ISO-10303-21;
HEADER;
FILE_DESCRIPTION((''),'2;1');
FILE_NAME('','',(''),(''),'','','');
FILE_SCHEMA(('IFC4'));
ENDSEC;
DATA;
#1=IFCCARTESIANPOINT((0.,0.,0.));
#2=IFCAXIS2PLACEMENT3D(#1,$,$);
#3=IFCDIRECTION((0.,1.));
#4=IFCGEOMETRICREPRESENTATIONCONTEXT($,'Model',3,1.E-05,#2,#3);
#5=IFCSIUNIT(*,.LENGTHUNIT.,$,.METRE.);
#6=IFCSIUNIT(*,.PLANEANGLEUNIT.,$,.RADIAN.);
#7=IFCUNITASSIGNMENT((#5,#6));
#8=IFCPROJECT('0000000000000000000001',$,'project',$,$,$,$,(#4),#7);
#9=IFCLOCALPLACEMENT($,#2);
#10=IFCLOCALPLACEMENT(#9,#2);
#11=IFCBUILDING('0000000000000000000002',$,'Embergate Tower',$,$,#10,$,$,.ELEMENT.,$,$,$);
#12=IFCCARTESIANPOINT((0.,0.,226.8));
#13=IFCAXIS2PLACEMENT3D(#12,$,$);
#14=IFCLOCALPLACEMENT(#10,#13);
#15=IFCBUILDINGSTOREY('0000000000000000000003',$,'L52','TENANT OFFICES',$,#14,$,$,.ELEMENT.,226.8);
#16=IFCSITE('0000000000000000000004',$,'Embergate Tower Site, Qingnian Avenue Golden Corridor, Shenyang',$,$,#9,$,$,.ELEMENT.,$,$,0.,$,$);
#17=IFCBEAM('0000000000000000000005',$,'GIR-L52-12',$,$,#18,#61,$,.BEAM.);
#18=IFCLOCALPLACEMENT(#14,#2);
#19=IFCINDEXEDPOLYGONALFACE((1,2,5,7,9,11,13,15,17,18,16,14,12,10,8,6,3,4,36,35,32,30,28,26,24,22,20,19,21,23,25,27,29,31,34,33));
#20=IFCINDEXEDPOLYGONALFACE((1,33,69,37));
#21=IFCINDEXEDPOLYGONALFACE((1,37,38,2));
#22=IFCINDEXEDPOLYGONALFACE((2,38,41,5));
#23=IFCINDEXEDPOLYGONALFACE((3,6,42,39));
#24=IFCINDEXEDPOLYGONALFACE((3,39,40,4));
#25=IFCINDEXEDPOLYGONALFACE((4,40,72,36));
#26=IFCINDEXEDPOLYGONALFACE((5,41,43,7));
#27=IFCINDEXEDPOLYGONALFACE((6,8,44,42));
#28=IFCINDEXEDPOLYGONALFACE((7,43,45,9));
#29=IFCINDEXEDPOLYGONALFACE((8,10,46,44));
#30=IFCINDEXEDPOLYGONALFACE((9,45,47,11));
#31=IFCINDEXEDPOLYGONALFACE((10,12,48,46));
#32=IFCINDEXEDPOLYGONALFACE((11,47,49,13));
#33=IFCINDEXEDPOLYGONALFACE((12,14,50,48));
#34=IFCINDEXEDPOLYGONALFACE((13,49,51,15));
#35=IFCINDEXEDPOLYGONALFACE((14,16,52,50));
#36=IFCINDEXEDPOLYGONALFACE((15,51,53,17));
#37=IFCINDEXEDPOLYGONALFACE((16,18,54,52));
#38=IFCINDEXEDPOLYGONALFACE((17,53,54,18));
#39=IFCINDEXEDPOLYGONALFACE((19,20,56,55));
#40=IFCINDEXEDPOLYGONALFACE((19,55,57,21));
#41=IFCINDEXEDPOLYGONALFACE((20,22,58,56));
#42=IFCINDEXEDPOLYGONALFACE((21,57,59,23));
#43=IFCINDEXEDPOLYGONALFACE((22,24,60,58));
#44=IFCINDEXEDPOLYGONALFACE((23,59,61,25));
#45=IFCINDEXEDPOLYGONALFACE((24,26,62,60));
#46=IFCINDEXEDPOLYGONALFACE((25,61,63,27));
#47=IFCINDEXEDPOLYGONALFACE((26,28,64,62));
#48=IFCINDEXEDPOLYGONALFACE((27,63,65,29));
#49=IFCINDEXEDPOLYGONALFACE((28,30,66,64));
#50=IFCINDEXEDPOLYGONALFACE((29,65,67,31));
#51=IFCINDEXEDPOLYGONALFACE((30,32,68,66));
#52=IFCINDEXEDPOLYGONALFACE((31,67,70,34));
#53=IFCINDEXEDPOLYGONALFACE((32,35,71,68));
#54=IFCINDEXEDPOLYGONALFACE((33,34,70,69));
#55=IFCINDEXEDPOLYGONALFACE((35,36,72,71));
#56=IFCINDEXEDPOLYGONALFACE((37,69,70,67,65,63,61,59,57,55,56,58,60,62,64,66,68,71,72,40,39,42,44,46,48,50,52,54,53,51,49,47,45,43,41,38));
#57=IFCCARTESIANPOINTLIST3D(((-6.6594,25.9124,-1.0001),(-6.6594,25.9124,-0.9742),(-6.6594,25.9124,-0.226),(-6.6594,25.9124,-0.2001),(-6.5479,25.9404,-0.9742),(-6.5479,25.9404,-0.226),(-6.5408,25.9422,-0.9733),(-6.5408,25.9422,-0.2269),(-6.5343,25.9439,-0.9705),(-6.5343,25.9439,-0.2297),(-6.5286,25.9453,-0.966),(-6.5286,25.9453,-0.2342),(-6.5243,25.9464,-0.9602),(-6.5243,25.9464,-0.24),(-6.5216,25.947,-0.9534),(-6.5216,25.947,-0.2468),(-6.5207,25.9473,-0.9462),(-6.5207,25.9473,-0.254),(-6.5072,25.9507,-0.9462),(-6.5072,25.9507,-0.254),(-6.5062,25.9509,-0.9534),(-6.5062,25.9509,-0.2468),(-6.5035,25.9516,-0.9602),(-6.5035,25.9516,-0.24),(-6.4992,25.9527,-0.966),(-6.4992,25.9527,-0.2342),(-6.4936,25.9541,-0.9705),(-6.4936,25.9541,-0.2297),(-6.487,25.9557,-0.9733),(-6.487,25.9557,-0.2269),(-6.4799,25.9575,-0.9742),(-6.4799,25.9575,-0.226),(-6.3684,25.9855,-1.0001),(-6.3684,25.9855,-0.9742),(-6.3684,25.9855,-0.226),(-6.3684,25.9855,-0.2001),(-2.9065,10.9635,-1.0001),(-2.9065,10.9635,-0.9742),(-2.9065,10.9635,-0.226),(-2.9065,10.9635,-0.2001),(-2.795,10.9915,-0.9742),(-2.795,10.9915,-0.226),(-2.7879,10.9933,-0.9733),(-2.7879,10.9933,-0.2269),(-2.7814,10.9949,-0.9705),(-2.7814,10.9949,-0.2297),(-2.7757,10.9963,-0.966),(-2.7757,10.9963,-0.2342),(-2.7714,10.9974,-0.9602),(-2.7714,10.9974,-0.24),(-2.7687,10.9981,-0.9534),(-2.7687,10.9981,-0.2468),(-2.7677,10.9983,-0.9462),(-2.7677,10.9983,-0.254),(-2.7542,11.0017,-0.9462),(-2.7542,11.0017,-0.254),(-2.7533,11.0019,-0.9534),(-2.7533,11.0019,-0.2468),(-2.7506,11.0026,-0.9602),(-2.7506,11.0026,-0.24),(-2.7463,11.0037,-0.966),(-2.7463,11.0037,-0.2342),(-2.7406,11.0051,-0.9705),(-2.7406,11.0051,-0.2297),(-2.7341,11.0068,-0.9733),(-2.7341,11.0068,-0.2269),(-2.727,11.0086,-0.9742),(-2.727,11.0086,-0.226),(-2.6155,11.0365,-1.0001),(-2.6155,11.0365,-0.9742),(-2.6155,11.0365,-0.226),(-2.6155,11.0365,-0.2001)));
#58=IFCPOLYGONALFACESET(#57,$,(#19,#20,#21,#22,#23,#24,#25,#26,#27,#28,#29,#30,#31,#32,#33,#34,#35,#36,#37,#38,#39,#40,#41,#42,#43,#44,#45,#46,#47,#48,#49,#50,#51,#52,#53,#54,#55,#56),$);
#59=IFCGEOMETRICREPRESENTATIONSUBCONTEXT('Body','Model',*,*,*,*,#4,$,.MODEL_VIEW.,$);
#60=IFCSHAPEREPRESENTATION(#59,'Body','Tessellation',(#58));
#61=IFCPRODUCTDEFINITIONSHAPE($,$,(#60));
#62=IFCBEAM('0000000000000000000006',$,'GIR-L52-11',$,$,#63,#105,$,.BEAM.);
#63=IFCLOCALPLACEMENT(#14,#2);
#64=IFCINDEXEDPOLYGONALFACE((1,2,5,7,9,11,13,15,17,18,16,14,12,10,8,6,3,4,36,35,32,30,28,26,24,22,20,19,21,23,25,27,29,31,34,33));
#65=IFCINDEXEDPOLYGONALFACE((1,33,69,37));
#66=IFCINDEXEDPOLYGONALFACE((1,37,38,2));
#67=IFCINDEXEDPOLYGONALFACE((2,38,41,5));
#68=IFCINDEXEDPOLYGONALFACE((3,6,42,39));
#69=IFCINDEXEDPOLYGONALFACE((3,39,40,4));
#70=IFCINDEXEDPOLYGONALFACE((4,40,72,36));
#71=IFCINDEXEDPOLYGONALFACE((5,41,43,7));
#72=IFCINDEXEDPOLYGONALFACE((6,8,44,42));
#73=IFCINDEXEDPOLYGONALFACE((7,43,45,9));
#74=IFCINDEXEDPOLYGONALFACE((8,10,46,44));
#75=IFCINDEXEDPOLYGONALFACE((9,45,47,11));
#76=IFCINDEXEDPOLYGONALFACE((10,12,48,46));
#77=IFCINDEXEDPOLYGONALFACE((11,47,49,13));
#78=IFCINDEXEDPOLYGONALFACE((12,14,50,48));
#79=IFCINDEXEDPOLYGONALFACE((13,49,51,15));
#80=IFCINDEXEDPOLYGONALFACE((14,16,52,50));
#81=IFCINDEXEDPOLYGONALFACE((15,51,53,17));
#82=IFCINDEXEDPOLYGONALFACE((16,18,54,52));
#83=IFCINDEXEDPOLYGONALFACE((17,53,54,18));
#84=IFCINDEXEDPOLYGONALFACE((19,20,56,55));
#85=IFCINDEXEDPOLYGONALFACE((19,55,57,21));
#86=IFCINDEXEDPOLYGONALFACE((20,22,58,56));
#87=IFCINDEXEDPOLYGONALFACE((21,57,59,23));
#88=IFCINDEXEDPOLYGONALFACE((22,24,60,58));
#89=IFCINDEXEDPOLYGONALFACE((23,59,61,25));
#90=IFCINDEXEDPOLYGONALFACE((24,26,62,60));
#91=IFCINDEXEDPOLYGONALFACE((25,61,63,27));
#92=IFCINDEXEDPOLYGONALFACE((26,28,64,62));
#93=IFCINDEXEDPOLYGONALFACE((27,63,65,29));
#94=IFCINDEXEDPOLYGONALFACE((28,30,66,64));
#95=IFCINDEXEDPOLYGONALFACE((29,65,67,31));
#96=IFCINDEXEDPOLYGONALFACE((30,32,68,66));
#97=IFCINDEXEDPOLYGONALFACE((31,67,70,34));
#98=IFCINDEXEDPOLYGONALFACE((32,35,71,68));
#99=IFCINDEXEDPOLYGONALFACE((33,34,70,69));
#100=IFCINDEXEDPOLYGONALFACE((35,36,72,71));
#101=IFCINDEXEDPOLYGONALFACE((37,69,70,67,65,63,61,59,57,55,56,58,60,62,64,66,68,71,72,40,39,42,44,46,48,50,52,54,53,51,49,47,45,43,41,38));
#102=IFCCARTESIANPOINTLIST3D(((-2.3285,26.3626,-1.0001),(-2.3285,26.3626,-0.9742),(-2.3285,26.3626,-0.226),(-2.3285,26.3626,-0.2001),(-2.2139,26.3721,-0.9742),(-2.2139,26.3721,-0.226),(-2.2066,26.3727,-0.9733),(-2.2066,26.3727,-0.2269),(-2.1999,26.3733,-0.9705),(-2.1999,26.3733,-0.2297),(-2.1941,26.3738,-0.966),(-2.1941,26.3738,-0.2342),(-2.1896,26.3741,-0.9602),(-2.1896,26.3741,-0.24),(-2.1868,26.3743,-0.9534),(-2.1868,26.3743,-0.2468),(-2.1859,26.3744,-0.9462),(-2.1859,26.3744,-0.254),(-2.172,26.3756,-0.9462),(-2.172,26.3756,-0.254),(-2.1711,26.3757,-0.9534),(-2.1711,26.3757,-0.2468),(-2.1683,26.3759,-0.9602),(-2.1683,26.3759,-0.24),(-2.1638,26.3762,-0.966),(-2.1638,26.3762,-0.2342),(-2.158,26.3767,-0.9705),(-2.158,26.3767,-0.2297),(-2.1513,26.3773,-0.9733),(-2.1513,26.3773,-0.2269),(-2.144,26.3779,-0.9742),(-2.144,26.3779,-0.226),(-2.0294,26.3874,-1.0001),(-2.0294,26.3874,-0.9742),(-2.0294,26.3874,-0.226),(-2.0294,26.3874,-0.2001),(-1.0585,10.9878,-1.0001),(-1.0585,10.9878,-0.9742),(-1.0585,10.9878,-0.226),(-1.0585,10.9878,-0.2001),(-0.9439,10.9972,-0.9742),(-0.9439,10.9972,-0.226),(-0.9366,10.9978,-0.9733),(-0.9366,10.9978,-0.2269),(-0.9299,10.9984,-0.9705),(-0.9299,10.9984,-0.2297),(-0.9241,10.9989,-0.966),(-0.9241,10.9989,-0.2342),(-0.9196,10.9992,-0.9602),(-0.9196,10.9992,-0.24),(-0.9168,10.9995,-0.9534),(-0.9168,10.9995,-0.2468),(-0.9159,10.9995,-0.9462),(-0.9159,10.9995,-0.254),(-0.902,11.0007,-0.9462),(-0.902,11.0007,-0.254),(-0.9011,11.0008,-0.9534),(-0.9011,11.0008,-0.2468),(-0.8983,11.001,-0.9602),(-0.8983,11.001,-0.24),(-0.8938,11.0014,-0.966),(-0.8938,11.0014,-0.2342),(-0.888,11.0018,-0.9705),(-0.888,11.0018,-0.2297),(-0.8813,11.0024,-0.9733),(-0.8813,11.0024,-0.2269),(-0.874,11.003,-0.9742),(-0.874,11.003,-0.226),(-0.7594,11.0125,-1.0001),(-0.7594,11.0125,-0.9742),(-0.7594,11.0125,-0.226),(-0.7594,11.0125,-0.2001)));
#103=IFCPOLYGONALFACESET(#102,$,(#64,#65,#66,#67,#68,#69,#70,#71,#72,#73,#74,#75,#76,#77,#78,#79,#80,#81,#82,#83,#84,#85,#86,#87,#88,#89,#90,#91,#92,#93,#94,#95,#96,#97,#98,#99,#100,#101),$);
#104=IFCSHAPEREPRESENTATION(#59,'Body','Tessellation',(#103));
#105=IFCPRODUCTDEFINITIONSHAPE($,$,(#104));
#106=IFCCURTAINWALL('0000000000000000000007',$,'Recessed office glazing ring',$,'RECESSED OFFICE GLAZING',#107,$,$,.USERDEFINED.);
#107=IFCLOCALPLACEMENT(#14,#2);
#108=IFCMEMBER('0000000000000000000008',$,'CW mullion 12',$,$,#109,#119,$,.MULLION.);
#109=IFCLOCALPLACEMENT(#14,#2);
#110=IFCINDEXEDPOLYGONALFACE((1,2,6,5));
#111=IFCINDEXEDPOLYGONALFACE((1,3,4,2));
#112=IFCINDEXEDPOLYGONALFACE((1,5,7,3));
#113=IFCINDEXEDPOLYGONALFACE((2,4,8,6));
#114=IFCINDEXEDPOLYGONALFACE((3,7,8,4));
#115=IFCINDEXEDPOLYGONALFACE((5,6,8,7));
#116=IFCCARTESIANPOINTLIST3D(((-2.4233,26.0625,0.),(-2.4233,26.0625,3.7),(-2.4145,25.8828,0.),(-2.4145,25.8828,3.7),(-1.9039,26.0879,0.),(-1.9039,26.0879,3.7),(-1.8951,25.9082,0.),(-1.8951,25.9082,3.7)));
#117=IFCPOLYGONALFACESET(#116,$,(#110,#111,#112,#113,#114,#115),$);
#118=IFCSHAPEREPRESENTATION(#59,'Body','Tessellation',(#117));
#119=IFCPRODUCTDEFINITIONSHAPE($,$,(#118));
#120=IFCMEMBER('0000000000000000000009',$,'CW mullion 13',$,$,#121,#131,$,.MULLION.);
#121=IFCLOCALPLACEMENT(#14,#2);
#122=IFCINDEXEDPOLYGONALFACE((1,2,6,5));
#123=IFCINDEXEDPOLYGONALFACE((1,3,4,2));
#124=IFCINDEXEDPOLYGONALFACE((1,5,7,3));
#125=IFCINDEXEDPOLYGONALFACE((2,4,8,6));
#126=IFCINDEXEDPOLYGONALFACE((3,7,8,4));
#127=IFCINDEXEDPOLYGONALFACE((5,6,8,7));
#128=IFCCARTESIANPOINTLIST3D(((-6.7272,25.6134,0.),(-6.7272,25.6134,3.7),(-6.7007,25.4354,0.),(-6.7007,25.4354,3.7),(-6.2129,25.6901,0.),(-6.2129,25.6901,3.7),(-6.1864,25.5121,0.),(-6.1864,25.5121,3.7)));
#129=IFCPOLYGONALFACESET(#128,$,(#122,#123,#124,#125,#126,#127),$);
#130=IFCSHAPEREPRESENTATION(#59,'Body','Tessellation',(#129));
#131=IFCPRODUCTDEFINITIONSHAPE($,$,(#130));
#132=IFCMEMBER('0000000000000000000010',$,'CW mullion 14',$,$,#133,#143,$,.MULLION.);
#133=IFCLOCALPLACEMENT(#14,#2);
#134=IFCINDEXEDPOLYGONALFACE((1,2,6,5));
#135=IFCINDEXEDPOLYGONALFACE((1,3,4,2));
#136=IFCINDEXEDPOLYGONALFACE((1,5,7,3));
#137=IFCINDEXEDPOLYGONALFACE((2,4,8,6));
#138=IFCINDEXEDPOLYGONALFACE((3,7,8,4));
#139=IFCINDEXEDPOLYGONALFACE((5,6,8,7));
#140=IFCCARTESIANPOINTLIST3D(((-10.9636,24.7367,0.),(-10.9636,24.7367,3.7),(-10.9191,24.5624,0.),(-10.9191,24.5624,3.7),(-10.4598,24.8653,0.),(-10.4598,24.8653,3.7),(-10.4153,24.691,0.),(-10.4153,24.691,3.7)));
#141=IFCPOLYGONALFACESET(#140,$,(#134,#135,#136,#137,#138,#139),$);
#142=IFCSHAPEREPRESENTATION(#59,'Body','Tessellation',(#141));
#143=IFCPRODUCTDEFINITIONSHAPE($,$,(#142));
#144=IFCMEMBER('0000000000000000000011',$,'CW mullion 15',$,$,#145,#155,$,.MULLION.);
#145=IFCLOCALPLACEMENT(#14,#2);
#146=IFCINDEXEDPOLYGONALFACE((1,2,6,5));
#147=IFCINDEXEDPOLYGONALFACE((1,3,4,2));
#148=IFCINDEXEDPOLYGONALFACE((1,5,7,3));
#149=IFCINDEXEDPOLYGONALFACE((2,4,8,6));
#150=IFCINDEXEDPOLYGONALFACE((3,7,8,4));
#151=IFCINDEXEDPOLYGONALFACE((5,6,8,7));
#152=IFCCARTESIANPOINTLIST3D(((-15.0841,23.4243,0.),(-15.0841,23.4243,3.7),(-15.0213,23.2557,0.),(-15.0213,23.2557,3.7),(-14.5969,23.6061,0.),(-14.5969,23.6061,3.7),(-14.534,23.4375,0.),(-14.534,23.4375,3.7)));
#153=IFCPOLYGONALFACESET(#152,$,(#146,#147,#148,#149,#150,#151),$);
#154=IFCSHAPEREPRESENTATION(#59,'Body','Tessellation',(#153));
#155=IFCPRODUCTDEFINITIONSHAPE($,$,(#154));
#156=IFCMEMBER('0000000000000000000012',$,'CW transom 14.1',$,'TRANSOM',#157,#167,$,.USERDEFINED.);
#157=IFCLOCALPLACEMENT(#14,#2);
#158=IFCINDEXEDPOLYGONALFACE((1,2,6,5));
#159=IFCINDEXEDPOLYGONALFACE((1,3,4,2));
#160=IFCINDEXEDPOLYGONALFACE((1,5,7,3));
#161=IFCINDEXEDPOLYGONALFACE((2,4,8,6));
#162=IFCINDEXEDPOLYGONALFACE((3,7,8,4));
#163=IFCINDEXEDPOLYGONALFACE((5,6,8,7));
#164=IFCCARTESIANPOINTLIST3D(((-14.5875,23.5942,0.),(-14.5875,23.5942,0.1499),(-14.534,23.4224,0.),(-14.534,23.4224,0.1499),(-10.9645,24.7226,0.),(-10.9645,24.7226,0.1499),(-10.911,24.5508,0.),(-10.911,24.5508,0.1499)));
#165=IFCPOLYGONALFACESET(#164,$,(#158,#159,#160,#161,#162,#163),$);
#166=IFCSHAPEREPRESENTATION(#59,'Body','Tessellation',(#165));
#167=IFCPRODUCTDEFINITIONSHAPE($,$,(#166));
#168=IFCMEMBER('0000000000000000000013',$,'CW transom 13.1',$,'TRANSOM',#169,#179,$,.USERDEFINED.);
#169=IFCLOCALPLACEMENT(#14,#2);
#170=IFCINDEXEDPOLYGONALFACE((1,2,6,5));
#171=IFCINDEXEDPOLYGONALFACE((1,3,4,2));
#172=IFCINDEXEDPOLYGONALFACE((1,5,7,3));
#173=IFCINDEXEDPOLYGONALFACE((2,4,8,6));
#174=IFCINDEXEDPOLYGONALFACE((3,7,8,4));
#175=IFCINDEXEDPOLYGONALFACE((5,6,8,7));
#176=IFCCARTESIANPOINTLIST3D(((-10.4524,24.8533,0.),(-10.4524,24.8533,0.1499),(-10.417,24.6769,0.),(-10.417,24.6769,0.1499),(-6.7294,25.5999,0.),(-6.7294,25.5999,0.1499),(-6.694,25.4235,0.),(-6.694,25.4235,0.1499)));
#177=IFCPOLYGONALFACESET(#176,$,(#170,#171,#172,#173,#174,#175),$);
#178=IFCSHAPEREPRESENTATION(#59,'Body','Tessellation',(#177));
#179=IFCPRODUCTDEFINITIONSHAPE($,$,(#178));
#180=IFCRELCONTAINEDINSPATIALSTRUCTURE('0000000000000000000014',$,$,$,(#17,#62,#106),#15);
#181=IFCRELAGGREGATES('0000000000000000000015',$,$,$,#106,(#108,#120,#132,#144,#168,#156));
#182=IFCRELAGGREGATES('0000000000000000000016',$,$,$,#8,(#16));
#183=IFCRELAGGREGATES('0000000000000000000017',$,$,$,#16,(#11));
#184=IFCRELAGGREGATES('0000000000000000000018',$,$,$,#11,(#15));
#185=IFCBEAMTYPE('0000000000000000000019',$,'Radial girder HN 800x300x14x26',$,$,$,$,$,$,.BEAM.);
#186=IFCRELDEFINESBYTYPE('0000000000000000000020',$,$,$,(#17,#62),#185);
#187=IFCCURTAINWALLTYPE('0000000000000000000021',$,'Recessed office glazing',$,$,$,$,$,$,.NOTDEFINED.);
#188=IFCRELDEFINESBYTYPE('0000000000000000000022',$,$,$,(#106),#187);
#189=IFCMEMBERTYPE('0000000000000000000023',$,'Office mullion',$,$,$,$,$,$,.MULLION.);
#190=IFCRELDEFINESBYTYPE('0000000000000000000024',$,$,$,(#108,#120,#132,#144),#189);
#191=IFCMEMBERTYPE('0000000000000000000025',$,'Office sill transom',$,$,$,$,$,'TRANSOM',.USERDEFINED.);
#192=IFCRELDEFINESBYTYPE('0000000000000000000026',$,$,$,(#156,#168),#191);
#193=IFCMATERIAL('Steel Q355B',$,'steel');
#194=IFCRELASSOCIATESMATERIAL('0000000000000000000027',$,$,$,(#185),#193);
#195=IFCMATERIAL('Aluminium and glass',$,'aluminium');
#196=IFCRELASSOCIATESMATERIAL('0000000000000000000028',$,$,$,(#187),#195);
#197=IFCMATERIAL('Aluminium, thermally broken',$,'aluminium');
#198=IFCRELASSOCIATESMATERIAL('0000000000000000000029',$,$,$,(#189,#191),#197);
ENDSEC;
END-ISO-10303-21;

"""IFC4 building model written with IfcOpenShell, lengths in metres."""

from ifc_helpers import new_model, si_unit, direction, frame, origin, origin_2d, place, context, subcontext, project, spatial, rectangle, i_section, extrude, source, transform, mapped, material, material_profile, profile_set, type_object, element, aggregate, save


model = new_model("IFC4")

# Units and contexts
model_context = context("Model", 3, precision=1e-05, world=origin(), true_north=direction((0.0, 1.0)))
body_context = subcontext(model_context, "Body", "Model", "MODEL_VIEW")
ifc_project = project(units=[si_unit("LENGTHUNIT", "METRE"), si_unit("PLANEANGLEUNIT", "RADIAN")], contexts=[model_context])

# Site, building, storey
site_placement = place(None, origin())
site = spatial("IfcSite", under=ifc_project, at=site_placement, Name="Embergate Tower Site, Qingnian Avenue Golden Corridor, Shenyang", CompositionType="ELEMENT", RefElevation=0.0)
building_placement = place(site_placement, origin())
building = spatial("IfcBuilding", under=site, at=building_placement, Name="Embergate Tower", CompositionType="ELEMENT")
storey_placement = place(building_placement, frame((0.0, 0.0, 226.8)))
storey = spatial("IfcBuildingStorey", under=building, at=storey_placement, Name="L52", Description="TENANT OFFICES", CompositionType="ELEMENT", Elevation=226.8)

# Beams
ifc_material_1 = material(Name="Steel Q355B", Category="steel")
ifc_material_profile_1 = material_profile(ifc_material_1, i_section(OverallWidth=0.3, OverallDepth=0.8, WebThickness=0.0139, FlangeThickness=0.0259, FilletRadius=0.0281, at=origin_2d()), Name="HN 800x300x14x26")
ifc_profile_set_1 = profile_set([ifc_material_profile_1], Name="Steel Q355 grade B")
beam_type_1 = type_object("IfcBeamType", Name="Radial girder HN 800x300x14x26", PredefinedType="BEAM", material=ifc_profile_set_1)
shared_shape_1 = source(origin(), body_context, "Body", "SweptSolid", [
    extrude(i_section(OverallWidth=0.3, OverallDepth=0.8, WebThickness=0.0139, FlangeThickness=0.0259, FilletRadius=0.0281, at=origin_2d()), origin(), (0.0, 0.0, 1.0), 15.4128),
])
beam_1_placement = place(storey_placement, frame((-6.5139, 25.949, -0.6001), z_axis=(0.243493, -0.969903, 0.0), x_axis=(0.969903, 0.243493, 0.0)))
element("IfcBeam", 1, at=beam_1_placement, inside=storey, type_object=beam_type_1, Name="GIR-L52-12", PredefinedType="BEAM", context=body_context, shape_type="MappedRepresentation", body=[
    mapped(shared_shape_1, transform((0.0, 0.0, 0.0))),
])
shared_shape_2 = source(origin(), body_context, "Body", "SweptSolid", [
    extrude(i_section(OverallWidth=0.3, OverallDepth=0.8, WebThickness=0.0139, FlangeThickness=0.0259, FilletRadius=0.0281, at=origin_2d()), origin(), (0.0, 0.0, 1.0), 15.4272),
])
beam_2_placement = place(storey_placement, frame((-2.179, 26.375, -0.6001), z_axis=(0.082323, -0.996606, 0.0), x_axis=(0.996606, 0.082323, 0.0)))
element("IfcBeam", 2, at=beam_2_placement, inside=storey, type_object=beam_type_1, Name="GIR-L52-11", PredefinedType="BEAM", context=body_context, shape_type="MappedRepresentation", body=[
    mapped(shared_shape_2, transform((0.0, 0.0, 0.0))),
])

# Curtain wall, members
ifc_material_2 = material(Name="Aluminium and glass", Category="aluminium")
curtain_wall_type = type_object("IfcCurtainWallType", Name="Recessed office glazing", PredefinedType="NOTDEFINED", material=ifc_material_2)
curtain_wall_placement = place(storey_placement, origin())
curtain_wall = element("IfcCurtainWall", 3, at=curtain_wall_placement, inside=storey, type_object=curtain_wall_type, Name="Recessed office glazing ring", ObjectType="RECESSED OFFICE GLAZING", PredefinedType="USERDEFINED")
ifc_material_3 = material(Name="Aluminium, thermally broken", Category="aluminium")
ifc_material_profile_2 = material_profile(ifc_material_3, rectangle(XDim=0.1799, YDim=0.52, at=origin_2d()), Name="AL 520x180")
ifc_profile_set_2 = profile_set([ifc_material_profile_2], Name="Aluminium, thermally broken")
member_type_1 = type_object("IfcMemberType", Name="Office mullion", PredefinedType="MULLION", material=ifc_profile_set_2)
shared_shape_3 = source(origin(), body_context, "Body", "SweptSolid", [
    extrude(rectangle(XDim=0.1799, YDim=0.52, at=origin_2d()), origin(), (0.0, 0.0, 1.0), 3.7),
])
member_1_placement = place(storey_placement, frame((-2.1592, 25.9854, 0.0), z_axis=(0.0, 0.0, 1.0), x_axis=(0.048972, -0.9988, 0.0)))
member_1 = element("IfcMember", 4, at=member_1_placement, type_object=member_type_1, Name="CW mullion 12", PredefinedType="MULLION", context=body_context, shape_type="MappedRepresentation", body=[
    mapped(shared_shape_3, transform((0.0, 0.0, 0.0))),
])
member_2_placement = place(storey_placement, frame((-6.4568, 25.5627, 0.0), z_axis=(0.0, 0.0, 1.0), x_axis=(0.147414, -0.989075, 0.0)))
member_2 = element("IfcMember", 5, at=member_2_placement, type_object=member_type_1, Name="CW mullion 13", PredefinedType="MULLION", context=body_context, shape_type="MappedRepresentation", body=[
    mapped(shared_shape_3, transform((0.0, 0.0, 0.0))),
])
member_3_placement = place(storey_placement, frame((-10.6895, 24.7139, 0.0), z_axis=(0.0, 0.0, 1.0), x_axis=(0.247314, -0.968935, 0.0)))
member_3 = element("IfcMember", 6, at=member_3_placement, type_object=member_type_1, Name="CW mullion 14", PredefinedType="MULLION", context=body_context, shape_type="MappedRepresentation", body=[
    mapped(shared_shape_3, transform((0.0, 0.0, 0.0))),
])
member_4_placement = place(storey_placement, frame((-14.8091, 23.4309, 0.0), z_axis=(0.0, 0.0, 1.0), x_axis=(0.349504, -0.936935, 0.0)))
member_4 = element("IfcMember", 7, at=member_4_placement, type_object=member_type_1, Name="CW mullion 15", PredefinedType="MULLION", context=body_context, shape_type="MappedRepresentation", body=[
    mapped(shared_shape_3, transform((0.0, 0.0, 0.0))),
])
ifc_material_profile_3 = material_profile(ifc_material_3, rectangle(XDim=0.1799, YDim=0.1499, at=origin_2d()), Name="AL 150x180")
ifc_profile_set_3 = profile_set([ifc_material_profile_3], Name="Aluminium, thermally broken")
member_type_2 = type_object("IfcMemberType", Name="Office sill transom", ElementType="TRANSOM", PredefinedType="USERDEFINED", material=ifc_profile_set_3)
shared_shape_4 = source(origin(), body_context, "Body", "SweptSolid", [
    extrude(rectangle(XDim=0.1799, YDim=0.1499, at=origin_2d()), origin(), (0.0, 0.0, 1.0), 3.7947),
])
member_5_placement = place(storey_placement, frame((-10.9377, 24.6367, 0.075), z_axis=(-0.954763, -0.297366, 0.0), x_axis=(0.297366, -0.954763, 0.0)))
member_5 = element("IfcMember", 8, at=member_5_placement, type_object=member_type_2, Name="CW transom 14.1", ObjectType="TRANSOM", PredefinedType="USERDEFINED", context=body_context, shape_type="MappedRepresentation", body=[
    mapped(shared_shape_4, transform((0.0, 0.0, 0.0))),
])
shared_shape_5 = source(origin(), body_context, "Body", "SweptSolid", [
    extrude(rectangle(XDim=0.1799, YDim=0.1499, at=origin_2d()), origin(), (0.0, 0.0, 1.0), 3.7971),
])
member_6_placement = place(storey_placement, frame((-6.7117, 25.5117, 0.075), z_axis=(-0.980479, -0.196623, 0.0), x_axis=(0.196623, -0.980479, 0.0)))
member_6 = element("IfcMember", 9, at=member_6_placement, type_object=member_type_2, Name="CW transom 13.1", ObjectType="TRANSOM", PredefinedType="USERDEFINED", context=body_context, shape_type="MappedRepresentation", body=[
    mapped(shared_shape_5, transform((0.0, 0.0, 0.0))),
])
aggregate(curtain_wall, [member_1, member_2, member_3, member_4, member_6, member_5])

save(model, "model.ifc")
